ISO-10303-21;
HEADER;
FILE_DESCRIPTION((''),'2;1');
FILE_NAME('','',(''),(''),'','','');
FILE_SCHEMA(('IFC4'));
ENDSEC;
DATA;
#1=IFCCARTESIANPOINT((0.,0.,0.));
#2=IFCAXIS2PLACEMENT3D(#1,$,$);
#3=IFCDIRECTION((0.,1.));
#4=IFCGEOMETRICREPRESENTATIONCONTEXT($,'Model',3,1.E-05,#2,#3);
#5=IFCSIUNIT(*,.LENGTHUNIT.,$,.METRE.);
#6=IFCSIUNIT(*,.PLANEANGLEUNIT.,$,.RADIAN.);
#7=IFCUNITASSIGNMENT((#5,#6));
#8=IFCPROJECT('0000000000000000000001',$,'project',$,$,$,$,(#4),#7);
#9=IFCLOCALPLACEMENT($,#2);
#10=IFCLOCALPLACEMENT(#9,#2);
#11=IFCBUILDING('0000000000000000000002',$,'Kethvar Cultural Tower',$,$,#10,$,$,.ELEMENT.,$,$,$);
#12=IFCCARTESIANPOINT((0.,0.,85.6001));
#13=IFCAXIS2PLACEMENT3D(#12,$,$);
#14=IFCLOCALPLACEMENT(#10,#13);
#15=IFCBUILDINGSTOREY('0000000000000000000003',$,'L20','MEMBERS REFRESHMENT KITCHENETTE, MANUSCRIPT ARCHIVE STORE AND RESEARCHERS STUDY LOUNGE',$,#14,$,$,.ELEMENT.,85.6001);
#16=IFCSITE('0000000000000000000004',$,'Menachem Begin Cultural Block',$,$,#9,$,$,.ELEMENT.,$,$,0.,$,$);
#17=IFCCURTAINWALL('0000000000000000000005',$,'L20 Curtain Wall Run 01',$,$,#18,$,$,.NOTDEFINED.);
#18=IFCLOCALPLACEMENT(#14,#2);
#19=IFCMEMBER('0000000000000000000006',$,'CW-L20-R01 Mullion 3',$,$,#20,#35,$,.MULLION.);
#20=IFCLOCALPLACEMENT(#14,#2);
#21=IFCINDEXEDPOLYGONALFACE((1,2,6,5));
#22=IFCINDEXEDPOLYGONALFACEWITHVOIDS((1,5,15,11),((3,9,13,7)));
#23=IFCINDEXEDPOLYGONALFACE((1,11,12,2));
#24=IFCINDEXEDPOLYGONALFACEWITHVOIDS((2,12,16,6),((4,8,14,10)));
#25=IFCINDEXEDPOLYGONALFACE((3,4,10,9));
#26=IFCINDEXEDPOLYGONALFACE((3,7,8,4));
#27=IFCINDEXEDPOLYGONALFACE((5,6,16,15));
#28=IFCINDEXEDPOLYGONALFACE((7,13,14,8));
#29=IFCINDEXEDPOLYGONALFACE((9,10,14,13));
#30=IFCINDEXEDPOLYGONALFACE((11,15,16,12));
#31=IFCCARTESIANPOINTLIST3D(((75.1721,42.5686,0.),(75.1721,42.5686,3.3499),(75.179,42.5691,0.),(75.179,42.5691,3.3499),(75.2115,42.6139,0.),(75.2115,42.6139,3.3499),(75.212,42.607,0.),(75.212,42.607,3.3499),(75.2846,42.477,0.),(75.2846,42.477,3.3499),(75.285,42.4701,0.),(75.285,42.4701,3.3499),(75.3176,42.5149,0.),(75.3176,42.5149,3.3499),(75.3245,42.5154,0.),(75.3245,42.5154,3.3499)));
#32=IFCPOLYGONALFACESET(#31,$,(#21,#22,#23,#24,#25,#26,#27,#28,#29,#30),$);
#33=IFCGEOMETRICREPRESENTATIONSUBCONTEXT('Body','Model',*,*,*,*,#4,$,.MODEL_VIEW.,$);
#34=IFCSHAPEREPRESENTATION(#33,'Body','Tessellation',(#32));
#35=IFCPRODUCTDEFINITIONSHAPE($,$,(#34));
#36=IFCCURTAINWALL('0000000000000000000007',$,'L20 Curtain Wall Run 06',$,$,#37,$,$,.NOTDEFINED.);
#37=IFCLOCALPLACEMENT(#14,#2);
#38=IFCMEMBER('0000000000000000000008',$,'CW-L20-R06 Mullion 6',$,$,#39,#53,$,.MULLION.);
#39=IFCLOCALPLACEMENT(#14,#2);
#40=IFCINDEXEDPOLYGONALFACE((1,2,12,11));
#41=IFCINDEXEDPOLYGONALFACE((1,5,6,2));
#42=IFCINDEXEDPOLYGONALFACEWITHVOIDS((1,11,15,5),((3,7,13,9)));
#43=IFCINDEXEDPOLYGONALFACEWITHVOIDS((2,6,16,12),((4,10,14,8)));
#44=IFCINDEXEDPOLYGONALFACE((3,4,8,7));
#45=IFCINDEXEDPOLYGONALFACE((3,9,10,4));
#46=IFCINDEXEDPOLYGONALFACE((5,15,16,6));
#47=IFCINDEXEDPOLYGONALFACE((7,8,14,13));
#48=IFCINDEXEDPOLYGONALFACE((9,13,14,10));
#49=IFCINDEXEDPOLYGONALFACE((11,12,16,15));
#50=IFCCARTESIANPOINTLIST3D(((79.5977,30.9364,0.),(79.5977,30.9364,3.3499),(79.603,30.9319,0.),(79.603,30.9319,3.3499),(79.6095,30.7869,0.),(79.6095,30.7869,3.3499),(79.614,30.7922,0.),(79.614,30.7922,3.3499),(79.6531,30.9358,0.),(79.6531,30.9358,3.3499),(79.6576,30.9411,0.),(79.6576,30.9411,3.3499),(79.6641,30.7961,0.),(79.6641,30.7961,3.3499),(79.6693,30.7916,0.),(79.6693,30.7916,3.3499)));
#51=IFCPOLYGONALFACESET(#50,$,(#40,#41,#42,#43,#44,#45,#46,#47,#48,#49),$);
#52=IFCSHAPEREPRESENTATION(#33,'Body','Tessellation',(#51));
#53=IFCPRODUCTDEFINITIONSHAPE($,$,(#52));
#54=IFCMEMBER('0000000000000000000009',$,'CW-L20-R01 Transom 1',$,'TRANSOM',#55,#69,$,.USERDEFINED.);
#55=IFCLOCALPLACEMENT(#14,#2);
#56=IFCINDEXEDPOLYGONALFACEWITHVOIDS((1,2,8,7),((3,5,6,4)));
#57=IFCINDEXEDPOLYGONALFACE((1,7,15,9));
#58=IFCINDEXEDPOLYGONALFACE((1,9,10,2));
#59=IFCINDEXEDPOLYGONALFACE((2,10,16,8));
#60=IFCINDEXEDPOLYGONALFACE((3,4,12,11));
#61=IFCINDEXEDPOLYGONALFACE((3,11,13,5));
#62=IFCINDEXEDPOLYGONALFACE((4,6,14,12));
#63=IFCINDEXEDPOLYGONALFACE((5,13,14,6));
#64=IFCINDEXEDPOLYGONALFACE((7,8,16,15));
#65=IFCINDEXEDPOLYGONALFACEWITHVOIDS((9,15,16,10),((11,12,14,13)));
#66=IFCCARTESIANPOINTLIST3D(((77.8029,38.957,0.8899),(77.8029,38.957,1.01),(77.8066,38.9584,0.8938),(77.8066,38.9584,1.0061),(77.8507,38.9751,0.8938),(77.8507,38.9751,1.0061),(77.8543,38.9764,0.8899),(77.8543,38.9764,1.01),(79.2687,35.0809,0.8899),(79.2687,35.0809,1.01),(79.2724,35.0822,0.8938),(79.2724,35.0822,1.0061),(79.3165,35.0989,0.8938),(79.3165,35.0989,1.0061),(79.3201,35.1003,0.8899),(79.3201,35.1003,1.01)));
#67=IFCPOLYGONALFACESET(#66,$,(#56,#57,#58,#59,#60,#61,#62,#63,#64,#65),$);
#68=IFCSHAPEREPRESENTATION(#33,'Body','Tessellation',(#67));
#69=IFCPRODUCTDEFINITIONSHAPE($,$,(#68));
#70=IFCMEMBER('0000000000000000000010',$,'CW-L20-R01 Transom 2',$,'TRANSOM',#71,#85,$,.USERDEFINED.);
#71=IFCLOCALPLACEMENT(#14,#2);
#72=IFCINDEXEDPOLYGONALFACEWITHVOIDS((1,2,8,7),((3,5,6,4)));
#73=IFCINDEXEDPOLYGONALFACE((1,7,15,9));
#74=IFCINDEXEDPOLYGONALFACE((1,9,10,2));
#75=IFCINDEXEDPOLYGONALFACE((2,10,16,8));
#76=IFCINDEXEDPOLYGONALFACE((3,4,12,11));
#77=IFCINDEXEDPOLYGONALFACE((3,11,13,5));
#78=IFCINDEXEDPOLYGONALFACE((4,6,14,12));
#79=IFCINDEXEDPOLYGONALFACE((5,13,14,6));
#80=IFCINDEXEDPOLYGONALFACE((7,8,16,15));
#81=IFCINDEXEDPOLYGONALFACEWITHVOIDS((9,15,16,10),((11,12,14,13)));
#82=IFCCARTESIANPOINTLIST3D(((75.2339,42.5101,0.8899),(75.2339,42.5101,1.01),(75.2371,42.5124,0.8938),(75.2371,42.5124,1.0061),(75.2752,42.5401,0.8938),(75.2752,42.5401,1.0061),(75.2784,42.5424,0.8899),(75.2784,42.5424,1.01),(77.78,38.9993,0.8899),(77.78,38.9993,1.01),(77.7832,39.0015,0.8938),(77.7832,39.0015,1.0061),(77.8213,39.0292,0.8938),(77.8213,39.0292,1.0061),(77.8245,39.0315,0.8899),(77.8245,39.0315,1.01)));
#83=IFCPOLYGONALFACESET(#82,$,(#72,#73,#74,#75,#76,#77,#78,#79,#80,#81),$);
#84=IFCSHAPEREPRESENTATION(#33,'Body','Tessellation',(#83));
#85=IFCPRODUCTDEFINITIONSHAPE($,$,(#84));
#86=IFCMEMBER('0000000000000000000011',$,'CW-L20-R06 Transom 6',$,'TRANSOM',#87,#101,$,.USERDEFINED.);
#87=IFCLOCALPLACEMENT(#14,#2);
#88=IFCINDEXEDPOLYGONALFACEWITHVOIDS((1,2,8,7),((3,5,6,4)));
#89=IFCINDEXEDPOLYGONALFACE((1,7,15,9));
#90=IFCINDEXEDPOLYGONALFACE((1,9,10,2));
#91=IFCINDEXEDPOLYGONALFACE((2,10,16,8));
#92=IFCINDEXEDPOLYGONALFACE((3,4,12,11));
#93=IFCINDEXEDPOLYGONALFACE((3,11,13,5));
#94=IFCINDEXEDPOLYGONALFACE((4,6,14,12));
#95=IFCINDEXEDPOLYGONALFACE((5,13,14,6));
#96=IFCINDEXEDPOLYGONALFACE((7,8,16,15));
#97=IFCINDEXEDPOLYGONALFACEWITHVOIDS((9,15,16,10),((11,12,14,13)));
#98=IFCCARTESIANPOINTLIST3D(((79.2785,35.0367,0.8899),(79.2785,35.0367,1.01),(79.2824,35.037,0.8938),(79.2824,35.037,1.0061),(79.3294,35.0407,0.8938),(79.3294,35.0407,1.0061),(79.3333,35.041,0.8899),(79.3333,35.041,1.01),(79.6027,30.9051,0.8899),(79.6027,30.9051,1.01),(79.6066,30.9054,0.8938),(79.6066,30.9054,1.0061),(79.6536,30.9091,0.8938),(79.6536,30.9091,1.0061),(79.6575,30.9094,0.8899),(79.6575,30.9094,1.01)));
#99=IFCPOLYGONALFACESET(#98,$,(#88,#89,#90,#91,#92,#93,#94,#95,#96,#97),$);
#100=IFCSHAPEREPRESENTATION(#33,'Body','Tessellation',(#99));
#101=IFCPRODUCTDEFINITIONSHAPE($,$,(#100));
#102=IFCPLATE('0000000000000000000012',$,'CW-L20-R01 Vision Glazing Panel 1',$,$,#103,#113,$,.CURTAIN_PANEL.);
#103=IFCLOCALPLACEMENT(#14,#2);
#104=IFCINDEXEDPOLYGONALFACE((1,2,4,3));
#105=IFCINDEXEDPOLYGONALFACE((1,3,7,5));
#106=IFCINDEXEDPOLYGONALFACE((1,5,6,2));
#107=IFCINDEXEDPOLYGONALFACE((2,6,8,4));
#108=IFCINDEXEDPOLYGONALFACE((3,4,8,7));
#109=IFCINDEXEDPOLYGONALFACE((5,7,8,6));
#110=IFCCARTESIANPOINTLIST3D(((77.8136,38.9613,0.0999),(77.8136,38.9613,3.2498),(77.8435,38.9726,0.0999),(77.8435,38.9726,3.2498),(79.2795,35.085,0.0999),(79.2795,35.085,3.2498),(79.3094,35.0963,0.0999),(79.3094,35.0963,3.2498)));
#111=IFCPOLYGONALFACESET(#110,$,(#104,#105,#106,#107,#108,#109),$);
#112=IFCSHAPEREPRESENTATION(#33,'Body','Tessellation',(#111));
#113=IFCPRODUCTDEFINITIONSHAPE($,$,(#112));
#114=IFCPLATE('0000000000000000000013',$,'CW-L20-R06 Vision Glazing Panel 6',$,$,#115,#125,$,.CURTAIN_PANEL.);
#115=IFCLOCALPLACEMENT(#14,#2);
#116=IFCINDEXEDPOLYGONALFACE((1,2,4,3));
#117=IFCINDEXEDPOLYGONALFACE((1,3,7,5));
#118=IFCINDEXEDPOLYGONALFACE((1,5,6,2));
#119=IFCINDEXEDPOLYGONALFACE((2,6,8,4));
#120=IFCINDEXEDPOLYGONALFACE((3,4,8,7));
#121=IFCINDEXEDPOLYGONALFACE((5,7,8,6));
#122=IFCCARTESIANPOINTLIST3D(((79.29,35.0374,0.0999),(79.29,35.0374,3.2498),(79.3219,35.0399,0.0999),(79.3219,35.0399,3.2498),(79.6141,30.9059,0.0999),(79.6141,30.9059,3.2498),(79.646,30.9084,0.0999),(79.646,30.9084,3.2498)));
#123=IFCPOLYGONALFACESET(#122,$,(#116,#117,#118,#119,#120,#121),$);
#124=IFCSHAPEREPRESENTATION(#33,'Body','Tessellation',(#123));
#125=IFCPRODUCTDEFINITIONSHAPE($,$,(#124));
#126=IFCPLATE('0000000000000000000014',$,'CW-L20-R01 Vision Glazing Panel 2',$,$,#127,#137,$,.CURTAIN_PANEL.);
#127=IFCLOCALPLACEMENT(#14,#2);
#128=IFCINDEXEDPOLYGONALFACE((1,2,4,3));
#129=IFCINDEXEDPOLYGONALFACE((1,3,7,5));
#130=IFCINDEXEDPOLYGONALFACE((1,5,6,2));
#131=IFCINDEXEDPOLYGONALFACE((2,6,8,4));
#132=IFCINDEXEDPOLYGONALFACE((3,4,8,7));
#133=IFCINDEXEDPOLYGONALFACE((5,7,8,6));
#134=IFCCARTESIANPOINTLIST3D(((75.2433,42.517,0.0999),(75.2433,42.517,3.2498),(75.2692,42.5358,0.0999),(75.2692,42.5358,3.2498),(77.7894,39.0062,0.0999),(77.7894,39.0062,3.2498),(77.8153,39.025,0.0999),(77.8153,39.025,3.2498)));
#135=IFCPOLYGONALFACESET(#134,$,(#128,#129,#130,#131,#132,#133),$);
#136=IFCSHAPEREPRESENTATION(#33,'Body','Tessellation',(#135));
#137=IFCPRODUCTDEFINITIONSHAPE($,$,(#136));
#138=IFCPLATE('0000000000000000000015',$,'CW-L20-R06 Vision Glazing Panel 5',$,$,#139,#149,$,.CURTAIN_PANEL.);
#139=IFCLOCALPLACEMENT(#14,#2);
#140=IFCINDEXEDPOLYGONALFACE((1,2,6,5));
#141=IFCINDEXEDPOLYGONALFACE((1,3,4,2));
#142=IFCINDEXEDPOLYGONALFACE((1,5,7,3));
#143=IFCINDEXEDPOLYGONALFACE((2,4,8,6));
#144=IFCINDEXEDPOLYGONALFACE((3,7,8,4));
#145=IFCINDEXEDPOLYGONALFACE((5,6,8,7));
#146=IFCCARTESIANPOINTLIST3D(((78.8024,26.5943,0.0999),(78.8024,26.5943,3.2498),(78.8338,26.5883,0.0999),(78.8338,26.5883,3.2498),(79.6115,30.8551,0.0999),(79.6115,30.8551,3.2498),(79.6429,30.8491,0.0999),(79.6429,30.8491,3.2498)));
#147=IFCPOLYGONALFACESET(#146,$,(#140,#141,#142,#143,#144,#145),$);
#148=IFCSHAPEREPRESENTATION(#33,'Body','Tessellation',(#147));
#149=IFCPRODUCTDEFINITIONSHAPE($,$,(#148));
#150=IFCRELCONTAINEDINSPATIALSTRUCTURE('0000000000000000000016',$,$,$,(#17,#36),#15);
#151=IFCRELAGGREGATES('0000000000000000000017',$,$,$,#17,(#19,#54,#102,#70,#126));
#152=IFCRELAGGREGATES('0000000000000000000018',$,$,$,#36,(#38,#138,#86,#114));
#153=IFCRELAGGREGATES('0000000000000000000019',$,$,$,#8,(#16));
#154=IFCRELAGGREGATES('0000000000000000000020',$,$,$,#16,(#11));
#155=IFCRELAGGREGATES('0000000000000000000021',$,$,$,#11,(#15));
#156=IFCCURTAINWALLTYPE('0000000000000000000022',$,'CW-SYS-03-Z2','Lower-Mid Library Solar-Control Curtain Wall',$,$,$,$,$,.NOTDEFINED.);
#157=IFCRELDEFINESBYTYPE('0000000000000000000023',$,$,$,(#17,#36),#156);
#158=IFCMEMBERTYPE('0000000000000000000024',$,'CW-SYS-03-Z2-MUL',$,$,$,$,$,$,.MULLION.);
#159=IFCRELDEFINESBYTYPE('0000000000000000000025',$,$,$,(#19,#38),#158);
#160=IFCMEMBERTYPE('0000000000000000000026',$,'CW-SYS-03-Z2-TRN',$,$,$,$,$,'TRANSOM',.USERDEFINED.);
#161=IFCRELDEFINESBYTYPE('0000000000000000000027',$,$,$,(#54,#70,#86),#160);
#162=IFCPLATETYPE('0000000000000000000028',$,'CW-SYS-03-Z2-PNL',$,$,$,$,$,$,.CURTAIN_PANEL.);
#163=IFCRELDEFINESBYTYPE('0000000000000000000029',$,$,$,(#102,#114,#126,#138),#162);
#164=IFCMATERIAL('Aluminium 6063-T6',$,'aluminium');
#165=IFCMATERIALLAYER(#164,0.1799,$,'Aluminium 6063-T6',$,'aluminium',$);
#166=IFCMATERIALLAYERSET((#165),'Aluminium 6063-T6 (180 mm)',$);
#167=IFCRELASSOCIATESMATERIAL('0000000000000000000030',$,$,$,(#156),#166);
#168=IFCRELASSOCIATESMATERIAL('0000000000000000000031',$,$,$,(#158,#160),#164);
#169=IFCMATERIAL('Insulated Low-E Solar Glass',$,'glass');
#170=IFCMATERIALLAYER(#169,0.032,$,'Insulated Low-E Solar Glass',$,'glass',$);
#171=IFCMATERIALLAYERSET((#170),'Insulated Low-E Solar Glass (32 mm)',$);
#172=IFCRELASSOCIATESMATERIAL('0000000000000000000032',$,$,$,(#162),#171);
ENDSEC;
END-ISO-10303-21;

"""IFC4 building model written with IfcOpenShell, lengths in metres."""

from ifc_helpers import new_model, si_unit, direction, frame, origin, origin_2d, place, context, subcontext, project, spatial, rectangle, hollow_rectangle, extrude, source, transform, mapped, material, layer, layer_set, material_profile, profile_set, type_object, element, aggregate, save


model = new_model("IFC4")

# Units and contexts
model_context = context("Model", 3, precision=1e-05, world=origin(), true_north=direction((0.0, 1.0)))
body_context = subcontext(model_context, "Body", "Model", "MODEL_VIEW")
ifc_project = project(units=[si_unit("LENGTHUNIT", "METRE"), si_unit("PLANEANGLEUNIT", "RADIAN")], contexts=[model_context])

# Site, building, storey
site_placement = place(None, origin())
site = spatial("IfcSite", under=ifc_project, at=site_placement, Name="Menachem Begin Cultural Block", CompositionType="ELEMENT", RefElevation=0.0)
building_placement = place(site_placement, origin())
building = spatial("IfcBuilding", under=site, at=building_placement, Name="Kethvar Cultural Tower", CompositionType="ELEMENT")
storey_placement = place(building_placement, frame((0.0, 0.0, 85.6001)))
storey = spatial("IfcBuildingStorey", under=building, at=storey_placement, Name="L20", Description="MEMBERS REFRESHMENT KITCHENETTE, MANUSCRIPT ARCHIVE STORE AND RESEARCHERS STUDY LOUNGE", CompositionType="ELEMENT", Elevation=85.6001)

# Curtain wall, member
ifc_material_1 = material(Name="Aluminium 6063-T6", Category="aluminium")
ifc_layer_1 = layer(ifc_material_1, 0.1799, Name="Aluminium 6063-T6", Category="aluminium")
ifc_layer_set_1 = layer_set([ifc_layer_1], Name="Aluminium 6063-T6 (180 mm)")
curtain_wall_type = type_object("IfcCurtainWallType", Name="CW-SYS-03-Z2", Description="Lower-Mid Library Solar-Control Curtain Wall", PredefinedType="NOTDEFINED", material=ifc_layer_set_1)
curtain_wall_1_placement = place(storey_placement, origin())
curtain_wall_1 = element("IfcCurtainWall", 1, at=curtain_wall_1_placement, inside=storey, type_object=curtain_wall_type, Name="L20 Curtain Wall Run 01", PredefinedType="NOTDEFINED")
ifc_material_profile_1 = material_profile(ifc_material_1, hollow_rectangle(XDim=0.0601, YDim=0.1499, WallThickness=0.0049, at=origin_2d()), Name="Aluminium 6063-T6 — RHS150x60x5")
ifc_profile_set_1 = profile_set([ifc_material_profile_1], Name="Aluminium 6063-T6 — RHS150x60x5")
member_type_1 = type_object("IfcMemberType", Name="CW-SYS-03-Z2-MUL", PredefinedType="MULLION", material=ifc_profile_set_1)
shared_shape_1 = source(origin(), body_context, "Body", "SweptSolid", [
    extrude(hollow_rectangle(XDim=0.0601, YDim=0.1499, WallThickness=0.0049, at=origin_2d()), origin(), (0.0, 0.0, 1.0), 3.3499),
])
member_1_placement = place(storey_placement, frame((75.2483, 42.542, 0.0), z_axis=(0.0, 0.0, 1.0), x_axis=(-0.657309, -0.753621, 0.0)))
member_1 = element("IfcMember", 2, at=member_1_placement, type_object=member_type_1, Name="CW-L20-R01 Mullion 3", PredefinedType="MULLION", context=body_context, shape_type="MappedRepresentation", body=[
    mapped(shared_shape_1, transform((0.0, 0.0, 0.0), scale=1.0)),
])

# Curtain wall, member
curtain_wall_2_placement = place(storey_placement, origin())
curtain_wall_2 = element("IfcCurtainWall", 3, at=curtain_wall_2_placement, inside=storey, type_object=curtain_wall_type, Name="L20 Curtain Wall Run 06", PredefinedType="NOTDEFINED")
member_2_placement = place(storey_placement, frame((79.6335, 30.864, 0.0), z_axis=(0.0, 0.0, 1.0), x_axis=(-0.996936, -0.078216, 0.0)))
member_2 = element("IfcMember", 4, at=member_2_placement, type_object=member_type_1, Name="CW-L20-R06 Mullion 6", PredefinedType="MULLION", context=body_context, shape_type="MappedRepresentation", body=[
    mapped(shared_shape_1, transform((0.0, 0.0, 0.0), scale=1.0)),
])

# Members
ifc_material_profile_2 = material_profile(ifc_material_1, hollow_rectangle(XDim=0.0549, YDim=0.1201, WallThickness=0.0039, at=origin_2d()), Name="Aluminium 6063-T6 — RHS120x55x4")
ifc_profile_set_2 = profile_set([ifc_material_profile_2], Name="Aluminium 6063-T6 — RHS120x55x4")
member_type_2 = type_object("IfcMemberType", Name="CW-SYS-03-Z2-TRN", ElementType="TRANSOM", PredefinedType="USERDEFINED", material=ifc_profile_set_2)
shared_shape_2 = source(origin(), body_context, "Body", "SweptSolid", [
    extrude(hollow_rectangle(XDim=0.0549, YDim=0.1201, WallThickness=0.0039, at=origin_2d()), origin(), (0.0, 0.0, 1.0), 4.144),
])
member_3_placement = place(storey_placement, frame((79.2944, 35.0906, 0.95), z_axis=(-0.353711, 0.935355, 0.0), x_axis=(-0.935355, -0.353711, 0.0)))
member_3 = element("IfcMember", 5, at=member_3_placement, type_object=member_type_2, Name="CW-L20-R01 Transom 1", ObjectType="TRANSOM", PredefinedType="USERDEFINED", context=body_context, shape_type="MappedRepresentation", body=[
    mapped(shared_shape_2, transform((0.0, 0.0, 0.0), scale=1.0)),
])
shared_shape_3 = source(origin(), body_context, "Body", "SweptSolid", [
    extrude(hollow_rectangle(XDim=0.0549, YDim=0.1201, WallThickness=0.0039, at=origin_2d()), origin(), (0.0, 0.0, 1.0), 4.3369),
])
member_4_placement = place(storey_placement, frame((77.8022, 39.0154, 0.95), z_axis=(-0.58707, 0.809536, 0.0), x_axis=(-0.809536, -0.58707, 0.0)))
member_4 = element("IfcMember", 6, at=member_4_placement, type_object=member_type_2, Name="CW-L20-R01 Transom 2", ObjectType="TRANSOM", PredefinedType="USERDEFINED", context=body_context, shape_type="MappedRepresentation", body=[
    mapped(shared_shape_3, transform((0.0, 0.0, 0.0), scale=1.0)),
])
shared_shape_4 = source(origin(), body_context, "Body", "SweptSolid", [
    extrude(hollow_rectangle(XDim=0.0549, YDim=0.1201, WallThickness=0.0039, at=origin_2d()), origin(), (0.0, 0.0, 1.0), 4.1443),
])
member_5_placement = place(storey_placement, frame((79.6301, 30.9072, 0.95), z_axis=(-0.078233, 0.996935, 0.0), x_axis=(-0.996935, -0.078233, 0.0)))
member_5 = element("IfcMember", 7, at=member_5_placement, type_object=member_type_2, Name="CW-L20-R06 Transom 6", ObjectType="TRANSOM", PredefinedType="USERDEFINED", context=body_context, shape_type="MappedRepresentation", body=[
    mapped(shared_shape_4, transform((0.0, 0.0, 0.0), scale=1.0)),
])

# Plates
ifc_material_2 = material(Name="Insulated Low-E Solar Glass", Category="glass")
ifc_layer_2 = layer(ifc_material_2, 0.032, Name="Insulated Low-E Solar Glass", Category="glass")
ifc_layer_set_2 = layer_set([ifc_layer_2], Name="Insulated Low-E Solar Glass (32 mm)")
plate_type = type_object("IfcPlateType", Name="CW-SYS-03-Z2-PNL", PredefinedType="CURTAIN_PANEL", material=ifc_layer_set_2)
shared_shape_5 = source(origin(), body_context, "Body", "SweptSolid", [
    extrude(rectangle(XDim=4.1443, YDim=0.032, at=origin_2d()), origin(), (0.0, 0.0, 1.0), 3.1499),
])
plate_1_placement = place(storey_placement, frame((78.5615, 37.0288, 0.0999), z_axis=(0.0, 0.0, 1.0), x_axis=(-0.35372, 0.935351, 0.0)))
plate_1 = element("IfcPlate", 8, at=plate_1_placement, type_object=plate_type, Name="CW-L20-R01 Vision Glazing Panel 1", PredefinedType="CURTAIN_PANEL", context=body_context, shape_type="MappedRepresentation", body=[
    mapped(shared_shape_5, transform((0.0, 0.0, 0.0), scale=1.0)),
])
plate_2_placement = place(storey_placement, frame((79.468, 32.9729, 0.0999), z_axis=(0.0, 0.0, 1.0), x_axis=(-0.078216, 0.996936, 0.0)))
plate_2 = element("IfcPlate", 9, at=plate_2_placement, type_object=plate_type, Name="CW-L20-R06 Vision Glazing Panel 6", PredefinedType="CURTAIN_PANEL", context=body_context, shape_type="MappedRepresentation", body=[
    mapped(shared_shape_5, transform((0.0, 0.0, 0.0), scale=1.0)),
])
shared_shape_6 = source(origin(), body_context, "Body", "SweptSolid", [
    extrude(rectangle(XDim=4.3369, YDim=0.032, at=origin_2d()), origin(), (0.0, 0.0, 1.0), 3.1499),
])
plate_3_placement = place(storey_placement, frame((76.5293, 40.771, 0.0999), z_axis=(0.0, 0.0, 1.0), x_axis=(-0.587093, 0.809519, 0.0)))
plate_3 = element("IfcPlate", 10, at=plate_3_placement, type_object=plate_type, Name="CW-L20-R01 Vision Glazing Panel 2", PredefinedType="CURTAIN_PANEL", context=body_context, shape_type="MappedRepresentation", body=[
    mapped(shared_shape_6, transform((0.0, 0.0, 0.0), scale=1.0)),
])
aggregate(curtain_wall_1, [member_1, member_3, plate_1, member_4, plate_3])
plate_4_placement = place(storey_placement, frame((79.2227, 28.7217, 0.0999), z_axis=(0.0, 0.0, 1.0), x_axis=(0.186558, 0.982444, 0.0)))
plate_4 = element("IfcPlate", 11, at=plate_4_placement, type_object=plate_type, Name="CW-L20-R06 Vision Glazing Panel 5", PredefinedType="CURTAIN_PANEL", context=body_context, shape_type="MappedRepresentation", body=[
    mapped(shared_shape_6, transform((0.0, 0.0, 0.0), scale=1.0)),
])
aggregate(curtain_wall_2, [member_2, plate_4, member_5, plate_2])

save(model, "model.ifc")
